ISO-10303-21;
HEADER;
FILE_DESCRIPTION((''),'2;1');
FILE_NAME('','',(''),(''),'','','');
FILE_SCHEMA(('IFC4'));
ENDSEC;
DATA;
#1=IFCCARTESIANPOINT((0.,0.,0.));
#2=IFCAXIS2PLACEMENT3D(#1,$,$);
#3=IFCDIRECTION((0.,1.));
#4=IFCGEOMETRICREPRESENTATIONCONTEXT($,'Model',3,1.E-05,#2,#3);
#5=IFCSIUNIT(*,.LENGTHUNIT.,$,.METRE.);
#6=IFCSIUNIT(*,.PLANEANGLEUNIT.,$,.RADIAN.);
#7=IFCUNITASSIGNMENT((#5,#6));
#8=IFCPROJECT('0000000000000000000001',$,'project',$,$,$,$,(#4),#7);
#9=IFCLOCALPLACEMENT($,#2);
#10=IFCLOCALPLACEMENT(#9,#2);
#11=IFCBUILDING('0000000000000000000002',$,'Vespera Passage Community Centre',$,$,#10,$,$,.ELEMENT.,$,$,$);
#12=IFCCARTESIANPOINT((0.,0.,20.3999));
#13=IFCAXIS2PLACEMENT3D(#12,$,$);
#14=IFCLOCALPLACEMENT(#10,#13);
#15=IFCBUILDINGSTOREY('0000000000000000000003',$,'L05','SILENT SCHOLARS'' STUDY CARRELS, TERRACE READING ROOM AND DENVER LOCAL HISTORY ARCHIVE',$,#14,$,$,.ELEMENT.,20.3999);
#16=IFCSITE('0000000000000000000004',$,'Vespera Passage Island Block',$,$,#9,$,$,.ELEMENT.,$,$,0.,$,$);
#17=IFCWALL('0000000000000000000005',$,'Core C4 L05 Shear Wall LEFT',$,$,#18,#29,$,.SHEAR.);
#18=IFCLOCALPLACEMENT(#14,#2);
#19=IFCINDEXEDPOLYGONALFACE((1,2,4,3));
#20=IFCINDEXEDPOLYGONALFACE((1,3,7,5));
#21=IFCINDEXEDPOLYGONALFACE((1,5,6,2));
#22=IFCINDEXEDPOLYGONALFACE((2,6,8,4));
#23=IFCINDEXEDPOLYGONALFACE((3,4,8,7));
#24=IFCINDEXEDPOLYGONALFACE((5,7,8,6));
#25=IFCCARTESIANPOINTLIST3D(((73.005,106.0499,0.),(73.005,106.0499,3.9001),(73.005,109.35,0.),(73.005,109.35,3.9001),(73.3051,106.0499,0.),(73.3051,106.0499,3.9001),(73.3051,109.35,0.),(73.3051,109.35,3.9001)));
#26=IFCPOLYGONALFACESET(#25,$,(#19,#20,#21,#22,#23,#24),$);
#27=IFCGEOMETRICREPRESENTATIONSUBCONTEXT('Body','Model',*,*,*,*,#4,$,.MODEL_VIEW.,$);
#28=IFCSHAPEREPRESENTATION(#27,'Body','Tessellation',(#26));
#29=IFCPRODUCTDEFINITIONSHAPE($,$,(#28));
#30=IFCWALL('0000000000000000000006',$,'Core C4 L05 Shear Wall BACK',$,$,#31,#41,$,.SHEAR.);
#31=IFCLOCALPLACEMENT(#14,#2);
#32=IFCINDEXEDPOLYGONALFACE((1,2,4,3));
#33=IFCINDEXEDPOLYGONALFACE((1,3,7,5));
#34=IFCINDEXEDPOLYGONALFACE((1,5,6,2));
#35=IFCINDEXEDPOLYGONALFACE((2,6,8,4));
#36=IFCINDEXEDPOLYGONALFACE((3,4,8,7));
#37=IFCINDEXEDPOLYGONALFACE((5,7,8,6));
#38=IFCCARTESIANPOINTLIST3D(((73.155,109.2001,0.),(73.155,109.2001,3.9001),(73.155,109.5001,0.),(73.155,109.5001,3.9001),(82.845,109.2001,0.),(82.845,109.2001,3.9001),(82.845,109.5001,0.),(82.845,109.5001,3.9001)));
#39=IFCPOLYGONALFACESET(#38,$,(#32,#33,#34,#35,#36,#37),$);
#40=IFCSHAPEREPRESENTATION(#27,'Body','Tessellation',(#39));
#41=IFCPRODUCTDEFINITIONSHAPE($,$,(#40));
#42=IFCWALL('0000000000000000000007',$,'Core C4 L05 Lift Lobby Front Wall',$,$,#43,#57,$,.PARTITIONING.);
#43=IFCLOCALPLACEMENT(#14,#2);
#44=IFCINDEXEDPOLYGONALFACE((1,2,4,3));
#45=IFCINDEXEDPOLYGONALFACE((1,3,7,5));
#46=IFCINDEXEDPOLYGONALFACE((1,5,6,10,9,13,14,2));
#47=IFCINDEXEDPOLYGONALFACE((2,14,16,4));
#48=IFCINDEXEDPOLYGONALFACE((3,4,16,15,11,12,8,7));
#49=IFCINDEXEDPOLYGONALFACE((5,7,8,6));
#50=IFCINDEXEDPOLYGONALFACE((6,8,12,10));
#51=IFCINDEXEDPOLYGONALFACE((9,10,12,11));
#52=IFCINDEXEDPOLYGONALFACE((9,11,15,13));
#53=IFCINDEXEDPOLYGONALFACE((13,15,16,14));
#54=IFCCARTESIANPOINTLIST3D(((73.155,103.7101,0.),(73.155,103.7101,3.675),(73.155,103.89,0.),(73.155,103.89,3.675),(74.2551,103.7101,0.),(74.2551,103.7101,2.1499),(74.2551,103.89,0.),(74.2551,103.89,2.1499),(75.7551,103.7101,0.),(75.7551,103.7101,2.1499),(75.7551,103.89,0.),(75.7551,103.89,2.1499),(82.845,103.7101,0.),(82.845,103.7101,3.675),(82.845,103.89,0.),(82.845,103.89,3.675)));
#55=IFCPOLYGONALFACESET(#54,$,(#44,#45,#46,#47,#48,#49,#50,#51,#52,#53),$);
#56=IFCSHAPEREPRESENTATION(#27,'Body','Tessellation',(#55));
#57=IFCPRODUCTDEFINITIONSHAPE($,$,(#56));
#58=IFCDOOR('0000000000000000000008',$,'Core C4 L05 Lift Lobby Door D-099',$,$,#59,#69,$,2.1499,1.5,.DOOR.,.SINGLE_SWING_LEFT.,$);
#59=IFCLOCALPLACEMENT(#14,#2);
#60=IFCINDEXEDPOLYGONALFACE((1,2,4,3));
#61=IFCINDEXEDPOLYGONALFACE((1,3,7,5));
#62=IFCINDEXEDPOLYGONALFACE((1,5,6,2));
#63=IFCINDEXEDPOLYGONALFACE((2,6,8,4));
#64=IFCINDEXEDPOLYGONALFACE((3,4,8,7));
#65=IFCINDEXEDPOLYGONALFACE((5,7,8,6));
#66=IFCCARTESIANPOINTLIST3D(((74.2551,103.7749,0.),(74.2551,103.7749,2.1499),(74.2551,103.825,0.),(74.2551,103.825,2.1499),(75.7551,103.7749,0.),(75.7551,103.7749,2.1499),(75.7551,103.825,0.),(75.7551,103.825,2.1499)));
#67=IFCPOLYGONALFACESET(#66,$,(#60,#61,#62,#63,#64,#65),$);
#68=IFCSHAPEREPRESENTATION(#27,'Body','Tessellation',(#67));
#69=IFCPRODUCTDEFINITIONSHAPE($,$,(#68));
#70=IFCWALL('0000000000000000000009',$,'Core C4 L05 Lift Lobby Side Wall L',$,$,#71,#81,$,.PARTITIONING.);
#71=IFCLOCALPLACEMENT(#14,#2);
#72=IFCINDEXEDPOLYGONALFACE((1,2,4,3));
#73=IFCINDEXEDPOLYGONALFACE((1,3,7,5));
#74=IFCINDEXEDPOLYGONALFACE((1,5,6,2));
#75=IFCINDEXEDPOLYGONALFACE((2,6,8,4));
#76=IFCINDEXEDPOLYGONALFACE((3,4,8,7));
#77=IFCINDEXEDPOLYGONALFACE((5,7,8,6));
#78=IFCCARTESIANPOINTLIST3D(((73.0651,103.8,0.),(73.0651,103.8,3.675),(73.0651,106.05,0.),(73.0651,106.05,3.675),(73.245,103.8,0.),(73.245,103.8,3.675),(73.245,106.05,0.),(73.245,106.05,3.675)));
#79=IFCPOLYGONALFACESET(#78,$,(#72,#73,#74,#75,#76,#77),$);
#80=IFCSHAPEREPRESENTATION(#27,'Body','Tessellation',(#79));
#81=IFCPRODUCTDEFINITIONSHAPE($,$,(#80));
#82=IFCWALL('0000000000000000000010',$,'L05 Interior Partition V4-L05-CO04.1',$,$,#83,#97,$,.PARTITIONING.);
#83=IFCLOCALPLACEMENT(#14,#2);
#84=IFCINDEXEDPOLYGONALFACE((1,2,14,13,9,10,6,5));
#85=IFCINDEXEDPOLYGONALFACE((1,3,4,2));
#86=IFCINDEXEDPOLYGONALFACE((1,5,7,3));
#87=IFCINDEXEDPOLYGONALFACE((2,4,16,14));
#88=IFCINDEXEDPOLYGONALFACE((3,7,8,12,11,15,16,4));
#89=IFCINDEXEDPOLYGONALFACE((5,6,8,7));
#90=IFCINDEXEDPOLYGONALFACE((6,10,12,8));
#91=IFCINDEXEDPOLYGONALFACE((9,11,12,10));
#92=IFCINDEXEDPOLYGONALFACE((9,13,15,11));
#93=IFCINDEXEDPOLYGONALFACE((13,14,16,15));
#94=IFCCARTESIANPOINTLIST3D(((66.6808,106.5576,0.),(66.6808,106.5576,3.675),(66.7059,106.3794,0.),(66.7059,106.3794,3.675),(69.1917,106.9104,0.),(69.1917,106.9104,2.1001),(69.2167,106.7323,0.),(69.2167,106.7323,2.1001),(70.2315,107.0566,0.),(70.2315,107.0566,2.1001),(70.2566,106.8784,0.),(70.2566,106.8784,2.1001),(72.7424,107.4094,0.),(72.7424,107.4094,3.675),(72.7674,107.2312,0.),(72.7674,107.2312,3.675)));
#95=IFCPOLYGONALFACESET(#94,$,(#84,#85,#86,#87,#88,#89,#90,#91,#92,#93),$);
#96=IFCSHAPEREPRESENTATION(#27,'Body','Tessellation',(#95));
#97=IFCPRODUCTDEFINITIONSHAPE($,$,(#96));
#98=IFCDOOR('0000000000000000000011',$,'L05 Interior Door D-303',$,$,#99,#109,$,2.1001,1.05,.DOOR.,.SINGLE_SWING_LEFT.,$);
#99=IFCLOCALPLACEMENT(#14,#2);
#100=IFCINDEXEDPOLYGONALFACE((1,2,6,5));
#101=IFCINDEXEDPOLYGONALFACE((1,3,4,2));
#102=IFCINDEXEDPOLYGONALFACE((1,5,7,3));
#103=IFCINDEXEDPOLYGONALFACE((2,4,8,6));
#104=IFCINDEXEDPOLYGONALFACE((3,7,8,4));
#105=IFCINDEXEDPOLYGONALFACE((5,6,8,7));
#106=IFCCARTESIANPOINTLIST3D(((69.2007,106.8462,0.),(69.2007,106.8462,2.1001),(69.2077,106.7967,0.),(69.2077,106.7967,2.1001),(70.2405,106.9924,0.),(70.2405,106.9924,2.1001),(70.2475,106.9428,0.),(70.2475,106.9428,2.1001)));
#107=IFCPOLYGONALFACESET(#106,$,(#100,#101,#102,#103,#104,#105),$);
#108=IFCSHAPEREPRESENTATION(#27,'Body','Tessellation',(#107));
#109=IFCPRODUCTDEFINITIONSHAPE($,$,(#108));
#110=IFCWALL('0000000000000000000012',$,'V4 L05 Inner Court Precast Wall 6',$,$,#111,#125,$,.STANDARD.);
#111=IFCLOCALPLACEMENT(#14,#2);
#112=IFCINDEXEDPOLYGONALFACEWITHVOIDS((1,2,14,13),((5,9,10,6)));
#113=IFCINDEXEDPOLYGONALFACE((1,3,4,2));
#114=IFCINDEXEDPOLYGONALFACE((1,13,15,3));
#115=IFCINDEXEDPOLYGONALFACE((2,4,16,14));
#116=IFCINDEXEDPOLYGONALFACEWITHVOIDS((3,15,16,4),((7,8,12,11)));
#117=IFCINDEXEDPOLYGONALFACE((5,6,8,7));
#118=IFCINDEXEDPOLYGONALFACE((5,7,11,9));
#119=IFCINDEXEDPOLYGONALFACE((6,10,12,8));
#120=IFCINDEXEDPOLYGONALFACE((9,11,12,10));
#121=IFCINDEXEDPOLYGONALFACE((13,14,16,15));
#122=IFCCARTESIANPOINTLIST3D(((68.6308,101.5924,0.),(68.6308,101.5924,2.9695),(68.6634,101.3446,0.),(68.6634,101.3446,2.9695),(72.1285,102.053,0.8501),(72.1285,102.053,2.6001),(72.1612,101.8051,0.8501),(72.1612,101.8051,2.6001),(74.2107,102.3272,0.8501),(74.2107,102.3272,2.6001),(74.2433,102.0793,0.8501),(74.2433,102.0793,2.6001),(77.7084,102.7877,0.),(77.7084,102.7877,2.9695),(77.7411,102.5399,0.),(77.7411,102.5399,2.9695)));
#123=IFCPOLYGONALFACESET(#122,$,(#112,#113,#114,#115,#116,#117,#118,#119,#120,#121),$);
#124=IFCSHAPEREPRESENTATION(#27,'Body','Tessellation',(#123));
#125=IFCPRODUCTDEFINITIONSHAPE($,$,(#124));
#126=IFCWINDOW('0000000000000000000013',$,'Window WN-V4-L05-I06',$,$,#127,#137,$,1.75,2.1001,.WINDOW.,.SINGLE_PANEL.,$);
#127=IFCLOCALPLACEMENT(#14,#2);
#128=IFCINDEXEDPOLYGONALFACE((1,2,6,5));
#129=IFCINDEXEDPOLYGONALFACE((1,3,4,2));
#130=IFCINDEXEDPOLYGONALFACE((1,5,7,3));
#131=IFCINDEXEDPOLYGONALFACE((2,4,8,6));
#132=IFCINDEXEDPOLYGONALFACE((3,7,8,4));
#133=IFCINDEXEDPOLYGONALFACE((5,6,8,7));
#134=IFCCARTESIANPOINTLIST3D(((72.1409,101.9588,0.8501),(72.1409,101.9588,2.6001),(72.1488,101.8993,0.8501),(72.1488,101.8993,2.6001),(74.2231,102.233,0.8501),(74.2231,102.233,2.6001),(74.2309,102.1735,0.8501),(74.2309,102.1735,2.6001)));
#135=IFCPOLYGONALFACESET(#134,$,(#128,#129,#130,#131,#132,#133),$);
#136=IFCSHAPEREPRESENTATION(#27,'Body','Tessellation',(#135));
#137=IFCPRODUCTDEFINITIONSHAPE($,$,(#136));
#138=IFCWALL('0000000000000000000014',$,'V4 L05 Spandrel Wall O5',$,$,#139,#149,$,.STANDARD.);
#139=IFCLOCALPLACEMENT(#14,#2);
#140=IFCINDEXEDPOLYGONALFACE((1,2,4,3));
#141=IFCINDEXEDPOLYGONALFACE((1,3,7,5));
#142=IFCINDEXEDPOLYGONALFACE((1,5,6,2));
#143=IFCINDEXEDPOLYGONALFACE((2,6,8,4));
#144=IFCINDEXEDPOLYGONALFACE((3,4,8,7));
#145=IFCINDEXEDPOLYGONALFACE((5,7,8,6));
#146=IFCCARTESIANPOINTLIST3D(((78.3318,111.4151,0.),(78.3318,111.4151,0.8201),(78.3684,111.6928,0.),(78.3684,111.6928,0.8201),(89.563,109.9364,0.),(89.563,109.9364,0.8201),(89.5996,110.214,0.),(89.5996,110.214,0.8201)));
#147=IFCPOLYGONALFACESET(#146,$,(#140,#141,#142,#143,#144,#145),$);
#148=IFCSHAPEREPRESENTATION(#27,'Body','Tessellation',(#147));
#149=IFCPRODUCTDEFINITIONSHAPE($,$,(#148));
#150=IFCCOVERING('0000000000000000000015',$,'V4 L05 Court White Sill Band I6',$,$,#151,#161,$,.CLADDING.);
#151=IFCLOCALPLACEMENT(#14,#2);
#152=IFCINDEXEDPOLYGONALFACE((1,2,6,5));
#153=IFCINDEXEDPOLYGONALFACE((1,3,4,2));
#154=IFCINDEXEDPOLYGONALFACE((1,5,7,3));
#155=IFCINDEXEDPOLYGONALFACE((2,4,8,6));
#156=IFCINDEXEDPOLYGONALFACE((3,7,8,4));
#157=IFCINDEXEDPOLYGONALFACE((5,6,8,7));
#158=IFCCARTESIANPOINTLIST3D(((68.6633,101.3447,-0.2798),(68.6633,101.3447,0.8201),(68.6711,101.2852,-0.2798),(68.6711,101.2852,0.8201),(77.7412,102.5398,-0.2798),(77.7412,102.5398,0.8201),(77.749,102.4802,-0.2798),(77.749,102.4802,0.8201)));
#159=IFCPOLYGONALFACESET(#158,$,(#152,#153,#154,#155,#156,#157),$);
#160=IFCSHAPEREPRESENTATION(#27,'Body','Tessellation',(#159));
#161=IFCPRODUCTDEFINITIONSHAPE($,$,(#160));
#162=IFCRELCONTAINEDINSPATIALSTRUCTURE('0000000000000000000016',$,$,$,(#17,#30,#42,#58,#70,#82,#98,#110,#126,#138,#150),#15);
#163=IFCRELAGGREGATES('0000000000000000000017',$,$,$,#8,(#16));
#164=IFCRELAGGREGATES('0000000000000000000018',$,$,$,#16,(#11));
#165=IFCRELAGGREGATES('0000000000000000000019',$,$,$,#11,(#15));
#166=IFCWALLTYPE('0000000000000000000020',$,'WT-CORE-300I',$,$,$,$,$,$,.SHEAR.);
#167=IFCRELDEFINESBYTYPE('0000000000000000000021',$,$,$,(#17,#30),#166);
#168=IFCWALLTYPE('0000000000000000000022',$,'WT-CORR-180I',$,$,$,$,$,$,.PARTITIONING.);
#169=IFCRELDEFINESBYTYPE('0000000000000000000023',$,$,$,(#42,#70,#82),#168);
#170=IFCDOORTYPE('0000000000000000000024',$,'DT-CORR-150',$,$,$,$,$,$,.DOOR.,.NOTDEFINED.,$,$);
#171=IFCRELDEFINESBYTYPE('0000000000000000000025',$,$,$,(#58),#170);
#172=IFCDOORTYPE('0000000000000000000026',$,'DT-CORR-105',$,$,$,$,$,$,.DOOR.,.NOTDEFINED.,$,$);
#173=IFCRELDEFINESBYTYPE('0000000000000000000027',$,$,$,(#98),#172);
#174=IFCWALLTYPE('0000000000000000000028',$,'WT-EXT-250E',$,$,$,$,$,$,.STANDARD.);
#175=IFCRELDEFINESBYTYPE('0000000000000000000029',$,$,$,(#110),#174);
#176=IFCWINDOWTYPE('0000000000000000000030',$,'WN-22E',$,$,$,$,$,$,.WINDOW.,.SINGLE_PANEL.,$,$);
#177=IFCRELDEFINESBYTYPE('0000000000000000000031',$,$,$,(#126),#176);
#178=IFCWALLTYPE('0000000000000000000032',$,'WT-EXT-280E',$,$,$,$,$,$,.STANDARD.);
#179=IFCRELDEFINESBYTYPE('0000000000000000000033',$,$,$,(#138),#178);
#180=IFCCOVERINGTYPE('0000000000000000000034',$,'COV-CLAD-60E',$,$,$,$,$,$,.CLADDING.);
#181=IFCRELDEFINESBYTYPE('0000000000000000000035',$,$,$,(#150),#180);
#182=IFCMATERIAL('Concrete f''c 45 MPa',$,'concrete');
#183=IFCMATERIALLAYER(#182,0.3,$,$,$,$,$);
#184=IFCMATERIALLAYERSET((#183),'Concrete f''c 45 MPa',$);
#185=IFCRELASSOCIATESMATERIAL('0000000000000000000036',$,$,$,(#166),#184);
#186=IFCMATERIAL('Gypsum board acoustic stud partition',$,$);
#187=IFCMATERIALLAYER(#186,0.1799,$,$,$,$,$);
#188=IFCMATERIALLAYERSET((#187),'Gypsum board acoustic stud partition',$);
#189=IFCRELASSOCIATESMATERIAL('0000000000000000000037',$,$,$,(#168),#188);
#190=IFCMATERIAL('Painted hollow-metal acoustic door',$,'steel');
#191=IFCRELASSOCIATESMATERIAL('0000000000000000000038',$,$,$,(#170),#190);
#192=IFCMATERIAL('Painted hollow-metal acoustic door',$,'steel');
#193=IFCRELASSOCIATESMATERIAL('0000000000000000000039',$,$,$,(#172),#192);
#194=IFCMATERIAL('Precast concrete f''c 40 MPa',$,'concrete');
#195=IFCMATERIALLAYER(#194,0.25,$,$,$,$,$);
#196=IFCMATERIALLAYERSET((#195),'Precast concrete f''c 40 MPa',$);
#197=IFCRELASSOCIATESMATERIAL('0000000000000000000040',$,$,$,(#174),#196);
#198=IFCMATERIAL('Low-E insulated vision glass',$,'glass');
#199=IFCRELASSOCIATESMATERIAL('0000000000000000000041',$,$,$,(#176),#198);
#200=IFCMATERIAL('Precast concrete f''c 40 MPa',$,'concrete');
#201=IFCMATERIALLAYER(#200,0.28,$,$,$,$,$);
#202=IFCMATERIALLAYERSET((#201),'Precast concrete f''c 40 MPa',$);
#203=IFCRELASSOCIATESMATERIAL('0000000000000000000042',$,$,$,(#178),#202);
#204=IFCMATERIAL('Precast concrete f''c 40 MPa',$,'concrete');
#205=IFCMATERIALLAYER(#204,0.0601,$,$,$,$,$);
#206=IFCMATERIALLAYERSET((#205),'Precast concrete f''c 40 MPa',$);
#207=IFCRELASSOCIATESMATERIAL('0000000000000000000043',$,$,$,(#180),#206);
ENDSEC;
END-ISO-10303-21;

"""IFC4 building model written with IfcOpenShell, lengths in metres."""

from ifc_helpers import new_model, si_unit, direction, frame, frame_2d, origin, place, context, subcontext, project, spatial, rectangle, extrude, material, layer, layer_set, type_object, element, fill, save


model = new_model("IFC4")

# Units and contexts
model_context = context("Model", 3, precision=1e-05, world=origin(), true_north=direction((0.0, 1.0)))
body_context = subcontext(model_context, "Body", "Model", "MODEL_VIEW")
ifc_project = project(units=[si_unit("LENGTHUNIT", "METRE"), si_unit("PLANEANGLEUNIT", "RADIAN")], contexts=[model_context])

# Site, building, storey
site_placement = place(None, origin())
site = spatial("IfcSite", under=ifc_project, at=site_placement, Name="Vespera Passage Island Block", CompositionType="ELEMENT", RefElevation=0.0)
building_placement = place(site_placement, origin())
building = spatial("IfcBuilding", under=site, at=building_placement, Name="Vespera Passage Community Centre", CompositionType="ELEMENT")
storey_placement = place(building_placement, frame((0.0, 0.0, 20.3999)))
storey = spatial("IfcBuildingStorey", under=building, at=storey_placement, Name="L05", Description="SILENT SCHOLARS' STUDY CARRELS, TERRACE READING ROOM AND DENVER LOCAL HISTORY ARCHIVE", CompositionType="ELEMENT", Elevation=20.3999)

# Walls
ifc_material_1 = material(Name="Concrete f'c 45 MPa", Category="concrete")
ifc_layer_1 = layer(ifc_material_1, 0.3)
ifc_layer_set_1 = layer_set([ifc_layer_1], Name="Concrete f'c 45 MPa")
wall_type_1 = type_object("IfcWallType", Name="WT-CORE-300I", PredefinedType="SHEAR", material=ifc_layer_set_1)
wall_1_placement = place(storey_placement, frame((73.155, 106.05, 0.0), z_axis=(0.0, 0.0, 1.0), x_axis=(0.0, 1.0, 0.0)))
element("IfcWall", 1, at=wall_1_placement, inside=storey, type_object=wall_type_1, Name="Core C4 L05 Shear Wall LEFT", PredefinedType="SHEAR", context=body_context, shape_type="SweptSolid", body=[
    extrude(rectangle(XDim=3.3, YDim=0.3, at=frame_2d((1.6499, 0.0))), origin(), (0.0, 0.0, 1.0), 3.9001),
])
wall_2_placement = place(storey_placement, frame((73.155, 109.3501, 0.0), z_axis=(0.0, 0.0, 1.0), x_axis=(1.0, 0.0, 0.0)))
element("IfcWall", 2, at=wall_2_placement, inside=storey, type_object=wall_type_1, Name="Core C4 L05 Shear Wall BACK", PredefinedType="SHEAR", context=body_context, shape_type="SweptSolid", body=[
    extrude(rectangle(XDim=9.6899, YDim=0.3, at=frame_2d((4.845, 0.0))), origin(), (0.0, 0.0, 1.0), 3.9001),
])

# Wall, opening, door
ifc_material_2 = material(Name="Gypsum board acoustic stud partition")
ifc_layer_2 = layer(ifc_material_2, 0.1799)
ifc_layer_set_2 = layer_set([ifc_layer_2], Name="Gypsum board acoustic stud partition")
wall_type_2 = type_object("IfcWallType", Name="WT-CORR-180I", PredefinedType="PARTITIONING", material=ifc_layer_set_2)
wall_3_placement = place(storey_placement, frame((73.155, 103.8, 0.0), z_axis=(0.0, 0.0, 1.0), x_axis=(1.0, 0.0, 0.0)))
wall_3 = element("IfcWall", 3, at=wall_3_placement, inside=storey, type_object=wall_type_2, Name="Core C4 L05 Lift Lobby Front Wall", PredefinedType="PARTITIONING", context=body_context, shape_type="SweptSolid", body=[
    extrude(rectangle(XDim=9.6899, YDim=0.1799, at=frame_2d((4.845, 0.0))), origin(), (0.0, 0.0, 1.0), 3.675),
])
opening_1_placement = place(wall_3_placement, frame((1.1001, 0.0, 0.0)))
opening_1 = element("IfcOpeningElement", 4, at=opening_1_placement, cuts=wall_3, PredefinedType="OPENING", context=body_context, shape_type="SweptSolid", body=[
    extrude(rectangle(XDim=1.5, YDim=2.1499, at=frame_2d((0.75, 1.075))), frame((0.0, 0.0999, 0.0), z_axis=(0.0, -1.0, 0.0), x_axis=(1.0, 0.0, 0.0)), (0.0, 0.0, 1.0), 0.2),
])
ifc_material_3 = material(Name="Painted hollow-metal acoustic door", Category="steel")
door_type_1 = type_object("IfcDoorType", Name="DT-CORR-150", OperationType="NOTDEFINED", PredefinedType="DOOR", material=ifc_material_3)
door_1_placement = place(opening_1_placement, origin())
door_1 = element("IfcDoor", 5, at=door_1_placement, inside=storey, type_object=door_type_1, Name="Core C4 L05 Lift Lobby Door D-099", OperationType="SINGLE_SWING_LEFT", OverallHeight=2.1499, OverallWidth=1.5, PredefinedType="DOOR", context=body_context, shape_type="SweptSolid", body=[
    extrude(rectangle(XDim=1.5, YDim=2.1499, at=frame_2d((0.75, 1.075))), frame((0.0, 0.0249, 0.0), z_axis=(0.0, -1.0, 0.0), x_axis=(1.0, 0.0, 0.0)), (0.0, 0.0, 1.0), 0.05),
])
fill(opening_1, door_1)

# Wall
wall_4_placement = place(storey_placement, frame((73.155, 106.05, 0.0), z_axis=(0.0, 0.0, 1.0), x_axis=(0.0, -1.0, 0.0)))
element("IfcWall", 6, at=wall_4_placement, inside=storey, type_object=wall_type_2, Name="Core C4 L05 Lift Lobby Side Wall L", PredefinedType="PARTITIONING", context=body_context, shape_type="SweptSolid", body=[
    extrude(rectangle(XDim=2.25, YDim=0.1799, at=frame_2d((1.125, 0.0))), origin(), (0.0, 0.0, 1.0), 3.675),
])

# Wall, opening, door
wall_5_placement = place(storey_placement, frame((72.7549, 107.3203, 0.0), z_axis=(0.0, 0.0, 1.0), x_axis=(-0.99027, -0.139159, 0.0)))
wall_5 = element("IfcWall", 7, at=wall_5_placement, inside=storey, type_object=wall_type_2, Name="L05 Interior Partition V4-L05-CO04.1", PredefinedType="PARTITIONING", context=body_context, shape_type="SweptSolid", body=[
    extrude(rectangle(XDim=6.1211, YDim=0.1799, at=frame_2d((3.0605, 0.0))), origin(), (0.0, 0.0, 1.0), 3.675),
])
opening_2_placement = place(wall_5_placement, frame((2.5356, 0.0, 0.0)))
opening_2 = element("IfcOpeningElement", 8, at=opening_2_placement, cuts=wall_5, PredefinedType="OPENING", context=body_context, shape_type="SweptSolid", body=[
    extrude(rectangle(XDim=1.05, YDim=2.1001, at=frame_2d((0.5249, 1.05))), frame((0.0, 0.0999, 0.0), z_axis=(0.0, -1.0, 0.0), x_axis=(1.0, 0.0, 0.0)), (0.0, 0.0, 1.0), 0.2),
])
ifc_material_4 = material(Name="Painted hollow-metal acoustic door", Category="steel")
door_type_2 = type_object("IfcDoorType", Name="DT-CORR-105", OperationType="NOTDEFINED", PredefinedType="DOOR", material=ifc_material_4)
door_2_placement = place(opening_2_placement, origin())
door_2 = element("IfcDoor", 9, at=door_2_placement, inside=storey, type_object=door_type_2, Name="L05 Interior Door D-303", OperationType="SINGLE_SWING_LEFT", OverallHeight=2.1001, OverallWidth=1.05, PredefinedType="DOOR", context=body_context, shape_type="SweptSolid", body=[
    extrude(rectangle(XDim=1.05, YDim=2.1001, at=frame_2d((0.5249, 1.05))), frame((0.0, 0.0249, 0.0), z_axis=(0.0, -1.0, 0.0), x_axis=(1.0, 0.0, 0.0)), (0.0, 0.0, 1.0), 0.05),
])
fill(opening_2, door_2)

# Wall, opening, window
ifc_material_5 = material(Name="Precast concrete f'c 40 MPa", Category="concrete")
ifc_layer_3 = layer(ifc_material_5, 0.25)
ifc_layer_set_3 = layer_set([ifc_layer_3], Name="Precast concrete f'c 40 MPa")
wall_type_3 = type_object("IfcWallType", Name="WT-EXT-250E", PredefinedType="STANDARD", material=ifc_layer_set_3)
wall_6_placement = place(storey_placement, frame((77.7249, 102.6638, 0.0), z_axis=(0.0, 0.0, 1.0), x_axis=(-0.991442, -0.13055, 0.0)))
wall_6 = element("IfcWall", 10, at=wall_6_placement, inside=storey, type_object=wall_type_3, Name="V4 L05 Inner Court Precast Wall 6", PredefinedType="STANDARD", context=body_context, shape_type="SweptSolid", body=[
    extrude(rectangle(XDim=9.156, YDim=0.25, at=frame_2d((4.5781, 0.0))), origin(), (0.0, 0.0, 1.0), 2.9695),
])
opening_3_placement = place(wall_6_placement, frame((3.5281, 0.0, 0.8501)))
opening_3 = element("IfcOpeningElement", 11, at=opening_3_placement, cuts=wall_6, PredefinedType="OPENING", context=body_context, shape_type="SweptSolid", body=[
    extrude(rectangle(XDim=2.1001, YDim=1.75, at=frame_2d((1.05, 0.875))), frame((0.0, 0.135, 0.0), z_axis=(0.0, -1.0, 0.0), x_axis=(1.0, 0.0, 0.0)), (0.0, 0.0, 1.0), 0.27),
])
ifc_material_6 = material(Name="Low-E insulated vision glass", Category="glass")
window_type = type_object("IfcWindowType", Name="WN-22E", PartitioningType="SINGLE_PANEL", PredefinedType="WINDOW", material=ifc_material_6)
window_placement = place(opening_3_placement, origin())
window = element("IfcWindow", 12, at=window_placement, inside=storey, type_object=window_type, Name="Window WN-V4-L05-I06", OverallHeight=1.75, OverallWidth=2.1001, PartitioningType="SINGLE_PANEL", PredefinedType="WINDOW", context=body_context, shape_type="SweptSolid", body=[
    extrude(rectangle(XDim=2.1001, YDim=1.75, at=frame_2d((1.05, 0.875))), frame((0.0, 0.03, 0.0), z_axis=(0.0, -1.0, 0.0), x_axis=(1.0, 0.0, 0.0)), (0.0, 0.0, 1.0), 0.0601),
])
fill(opening_3, window)

# Wall
ifc_material_7 = material(Name="Precast concrete f'c 40 MPa", Category="concrete")
ifc_layer_4 = layer(ifc_material_7, 0.28)
ifc_layer_set_4 = layer_set([ifc_layer_4], Name="Precast concrete f'c 40 MPa")
wall_type_4 = type_object("IfcWallType", Name="WT-EXT-280E", PredefinedType="STANDARD", material=ifc_layer_set_4)
wall_7_placement = place(storey_placement, frame((78.3501, 111.554, 0.0), z_axis=(0.0, 0.0, 1.0), x_axis=(0.991443, -0.130539, 0.0)))
element("IfcWall", 13, at=wall_7_placement, inside=storey, type_object=wall_type_4, Name="V4 L05 Spandrel Wall O5", PredefinedType="STANDARD", context=body_context, shape_type="SweptSolid", body=[
    extrude(rectangle(XDim=11.3281, YDim=0.28, at=frame_2d((5.6641, 0.0))), origin(), (0.0, 0.0, 1.0), 0.8201),
])

# Covering
ifc_material_8 = material(Name="Precast concrete f'c 40 MPa", Category="concrete")
ifc_layer_5 = layer(ifc_material_8, 0.0601)
ifc_layer_set_5 = layer_set([ifc_layer_5], Name="Precast concrete f'c 40 MPa")
covering_type = type_object("IfcCoveringType", Name="COV-CLAD-60E", PredefinedType="CLADDING", material=ifc_layer_set_5)
covering_placement = place(storey_placement, frame((77.7451, 102.51, -0.2798), z_axis=(0.0, 0.0, 1.0), x_axis=(-0.991446, -0.13052, 0.0)))
element("IfcCovering", 14, at=covering_placement, inside=storey, type_object=covering_type, Name="V4 L05 Court White Sill Band I6", PredefinedType="CLADDING", context=body_context, shape_type="SweptSolid", body=[
    extrude(rectangle(XDim=9.1562, YDim=0.0601, at=frame_2d((4.5781, 0.0))), origin(), (0.0, 0.0, 1.0), 1.0999),
])

save(model, "model.ifc")
